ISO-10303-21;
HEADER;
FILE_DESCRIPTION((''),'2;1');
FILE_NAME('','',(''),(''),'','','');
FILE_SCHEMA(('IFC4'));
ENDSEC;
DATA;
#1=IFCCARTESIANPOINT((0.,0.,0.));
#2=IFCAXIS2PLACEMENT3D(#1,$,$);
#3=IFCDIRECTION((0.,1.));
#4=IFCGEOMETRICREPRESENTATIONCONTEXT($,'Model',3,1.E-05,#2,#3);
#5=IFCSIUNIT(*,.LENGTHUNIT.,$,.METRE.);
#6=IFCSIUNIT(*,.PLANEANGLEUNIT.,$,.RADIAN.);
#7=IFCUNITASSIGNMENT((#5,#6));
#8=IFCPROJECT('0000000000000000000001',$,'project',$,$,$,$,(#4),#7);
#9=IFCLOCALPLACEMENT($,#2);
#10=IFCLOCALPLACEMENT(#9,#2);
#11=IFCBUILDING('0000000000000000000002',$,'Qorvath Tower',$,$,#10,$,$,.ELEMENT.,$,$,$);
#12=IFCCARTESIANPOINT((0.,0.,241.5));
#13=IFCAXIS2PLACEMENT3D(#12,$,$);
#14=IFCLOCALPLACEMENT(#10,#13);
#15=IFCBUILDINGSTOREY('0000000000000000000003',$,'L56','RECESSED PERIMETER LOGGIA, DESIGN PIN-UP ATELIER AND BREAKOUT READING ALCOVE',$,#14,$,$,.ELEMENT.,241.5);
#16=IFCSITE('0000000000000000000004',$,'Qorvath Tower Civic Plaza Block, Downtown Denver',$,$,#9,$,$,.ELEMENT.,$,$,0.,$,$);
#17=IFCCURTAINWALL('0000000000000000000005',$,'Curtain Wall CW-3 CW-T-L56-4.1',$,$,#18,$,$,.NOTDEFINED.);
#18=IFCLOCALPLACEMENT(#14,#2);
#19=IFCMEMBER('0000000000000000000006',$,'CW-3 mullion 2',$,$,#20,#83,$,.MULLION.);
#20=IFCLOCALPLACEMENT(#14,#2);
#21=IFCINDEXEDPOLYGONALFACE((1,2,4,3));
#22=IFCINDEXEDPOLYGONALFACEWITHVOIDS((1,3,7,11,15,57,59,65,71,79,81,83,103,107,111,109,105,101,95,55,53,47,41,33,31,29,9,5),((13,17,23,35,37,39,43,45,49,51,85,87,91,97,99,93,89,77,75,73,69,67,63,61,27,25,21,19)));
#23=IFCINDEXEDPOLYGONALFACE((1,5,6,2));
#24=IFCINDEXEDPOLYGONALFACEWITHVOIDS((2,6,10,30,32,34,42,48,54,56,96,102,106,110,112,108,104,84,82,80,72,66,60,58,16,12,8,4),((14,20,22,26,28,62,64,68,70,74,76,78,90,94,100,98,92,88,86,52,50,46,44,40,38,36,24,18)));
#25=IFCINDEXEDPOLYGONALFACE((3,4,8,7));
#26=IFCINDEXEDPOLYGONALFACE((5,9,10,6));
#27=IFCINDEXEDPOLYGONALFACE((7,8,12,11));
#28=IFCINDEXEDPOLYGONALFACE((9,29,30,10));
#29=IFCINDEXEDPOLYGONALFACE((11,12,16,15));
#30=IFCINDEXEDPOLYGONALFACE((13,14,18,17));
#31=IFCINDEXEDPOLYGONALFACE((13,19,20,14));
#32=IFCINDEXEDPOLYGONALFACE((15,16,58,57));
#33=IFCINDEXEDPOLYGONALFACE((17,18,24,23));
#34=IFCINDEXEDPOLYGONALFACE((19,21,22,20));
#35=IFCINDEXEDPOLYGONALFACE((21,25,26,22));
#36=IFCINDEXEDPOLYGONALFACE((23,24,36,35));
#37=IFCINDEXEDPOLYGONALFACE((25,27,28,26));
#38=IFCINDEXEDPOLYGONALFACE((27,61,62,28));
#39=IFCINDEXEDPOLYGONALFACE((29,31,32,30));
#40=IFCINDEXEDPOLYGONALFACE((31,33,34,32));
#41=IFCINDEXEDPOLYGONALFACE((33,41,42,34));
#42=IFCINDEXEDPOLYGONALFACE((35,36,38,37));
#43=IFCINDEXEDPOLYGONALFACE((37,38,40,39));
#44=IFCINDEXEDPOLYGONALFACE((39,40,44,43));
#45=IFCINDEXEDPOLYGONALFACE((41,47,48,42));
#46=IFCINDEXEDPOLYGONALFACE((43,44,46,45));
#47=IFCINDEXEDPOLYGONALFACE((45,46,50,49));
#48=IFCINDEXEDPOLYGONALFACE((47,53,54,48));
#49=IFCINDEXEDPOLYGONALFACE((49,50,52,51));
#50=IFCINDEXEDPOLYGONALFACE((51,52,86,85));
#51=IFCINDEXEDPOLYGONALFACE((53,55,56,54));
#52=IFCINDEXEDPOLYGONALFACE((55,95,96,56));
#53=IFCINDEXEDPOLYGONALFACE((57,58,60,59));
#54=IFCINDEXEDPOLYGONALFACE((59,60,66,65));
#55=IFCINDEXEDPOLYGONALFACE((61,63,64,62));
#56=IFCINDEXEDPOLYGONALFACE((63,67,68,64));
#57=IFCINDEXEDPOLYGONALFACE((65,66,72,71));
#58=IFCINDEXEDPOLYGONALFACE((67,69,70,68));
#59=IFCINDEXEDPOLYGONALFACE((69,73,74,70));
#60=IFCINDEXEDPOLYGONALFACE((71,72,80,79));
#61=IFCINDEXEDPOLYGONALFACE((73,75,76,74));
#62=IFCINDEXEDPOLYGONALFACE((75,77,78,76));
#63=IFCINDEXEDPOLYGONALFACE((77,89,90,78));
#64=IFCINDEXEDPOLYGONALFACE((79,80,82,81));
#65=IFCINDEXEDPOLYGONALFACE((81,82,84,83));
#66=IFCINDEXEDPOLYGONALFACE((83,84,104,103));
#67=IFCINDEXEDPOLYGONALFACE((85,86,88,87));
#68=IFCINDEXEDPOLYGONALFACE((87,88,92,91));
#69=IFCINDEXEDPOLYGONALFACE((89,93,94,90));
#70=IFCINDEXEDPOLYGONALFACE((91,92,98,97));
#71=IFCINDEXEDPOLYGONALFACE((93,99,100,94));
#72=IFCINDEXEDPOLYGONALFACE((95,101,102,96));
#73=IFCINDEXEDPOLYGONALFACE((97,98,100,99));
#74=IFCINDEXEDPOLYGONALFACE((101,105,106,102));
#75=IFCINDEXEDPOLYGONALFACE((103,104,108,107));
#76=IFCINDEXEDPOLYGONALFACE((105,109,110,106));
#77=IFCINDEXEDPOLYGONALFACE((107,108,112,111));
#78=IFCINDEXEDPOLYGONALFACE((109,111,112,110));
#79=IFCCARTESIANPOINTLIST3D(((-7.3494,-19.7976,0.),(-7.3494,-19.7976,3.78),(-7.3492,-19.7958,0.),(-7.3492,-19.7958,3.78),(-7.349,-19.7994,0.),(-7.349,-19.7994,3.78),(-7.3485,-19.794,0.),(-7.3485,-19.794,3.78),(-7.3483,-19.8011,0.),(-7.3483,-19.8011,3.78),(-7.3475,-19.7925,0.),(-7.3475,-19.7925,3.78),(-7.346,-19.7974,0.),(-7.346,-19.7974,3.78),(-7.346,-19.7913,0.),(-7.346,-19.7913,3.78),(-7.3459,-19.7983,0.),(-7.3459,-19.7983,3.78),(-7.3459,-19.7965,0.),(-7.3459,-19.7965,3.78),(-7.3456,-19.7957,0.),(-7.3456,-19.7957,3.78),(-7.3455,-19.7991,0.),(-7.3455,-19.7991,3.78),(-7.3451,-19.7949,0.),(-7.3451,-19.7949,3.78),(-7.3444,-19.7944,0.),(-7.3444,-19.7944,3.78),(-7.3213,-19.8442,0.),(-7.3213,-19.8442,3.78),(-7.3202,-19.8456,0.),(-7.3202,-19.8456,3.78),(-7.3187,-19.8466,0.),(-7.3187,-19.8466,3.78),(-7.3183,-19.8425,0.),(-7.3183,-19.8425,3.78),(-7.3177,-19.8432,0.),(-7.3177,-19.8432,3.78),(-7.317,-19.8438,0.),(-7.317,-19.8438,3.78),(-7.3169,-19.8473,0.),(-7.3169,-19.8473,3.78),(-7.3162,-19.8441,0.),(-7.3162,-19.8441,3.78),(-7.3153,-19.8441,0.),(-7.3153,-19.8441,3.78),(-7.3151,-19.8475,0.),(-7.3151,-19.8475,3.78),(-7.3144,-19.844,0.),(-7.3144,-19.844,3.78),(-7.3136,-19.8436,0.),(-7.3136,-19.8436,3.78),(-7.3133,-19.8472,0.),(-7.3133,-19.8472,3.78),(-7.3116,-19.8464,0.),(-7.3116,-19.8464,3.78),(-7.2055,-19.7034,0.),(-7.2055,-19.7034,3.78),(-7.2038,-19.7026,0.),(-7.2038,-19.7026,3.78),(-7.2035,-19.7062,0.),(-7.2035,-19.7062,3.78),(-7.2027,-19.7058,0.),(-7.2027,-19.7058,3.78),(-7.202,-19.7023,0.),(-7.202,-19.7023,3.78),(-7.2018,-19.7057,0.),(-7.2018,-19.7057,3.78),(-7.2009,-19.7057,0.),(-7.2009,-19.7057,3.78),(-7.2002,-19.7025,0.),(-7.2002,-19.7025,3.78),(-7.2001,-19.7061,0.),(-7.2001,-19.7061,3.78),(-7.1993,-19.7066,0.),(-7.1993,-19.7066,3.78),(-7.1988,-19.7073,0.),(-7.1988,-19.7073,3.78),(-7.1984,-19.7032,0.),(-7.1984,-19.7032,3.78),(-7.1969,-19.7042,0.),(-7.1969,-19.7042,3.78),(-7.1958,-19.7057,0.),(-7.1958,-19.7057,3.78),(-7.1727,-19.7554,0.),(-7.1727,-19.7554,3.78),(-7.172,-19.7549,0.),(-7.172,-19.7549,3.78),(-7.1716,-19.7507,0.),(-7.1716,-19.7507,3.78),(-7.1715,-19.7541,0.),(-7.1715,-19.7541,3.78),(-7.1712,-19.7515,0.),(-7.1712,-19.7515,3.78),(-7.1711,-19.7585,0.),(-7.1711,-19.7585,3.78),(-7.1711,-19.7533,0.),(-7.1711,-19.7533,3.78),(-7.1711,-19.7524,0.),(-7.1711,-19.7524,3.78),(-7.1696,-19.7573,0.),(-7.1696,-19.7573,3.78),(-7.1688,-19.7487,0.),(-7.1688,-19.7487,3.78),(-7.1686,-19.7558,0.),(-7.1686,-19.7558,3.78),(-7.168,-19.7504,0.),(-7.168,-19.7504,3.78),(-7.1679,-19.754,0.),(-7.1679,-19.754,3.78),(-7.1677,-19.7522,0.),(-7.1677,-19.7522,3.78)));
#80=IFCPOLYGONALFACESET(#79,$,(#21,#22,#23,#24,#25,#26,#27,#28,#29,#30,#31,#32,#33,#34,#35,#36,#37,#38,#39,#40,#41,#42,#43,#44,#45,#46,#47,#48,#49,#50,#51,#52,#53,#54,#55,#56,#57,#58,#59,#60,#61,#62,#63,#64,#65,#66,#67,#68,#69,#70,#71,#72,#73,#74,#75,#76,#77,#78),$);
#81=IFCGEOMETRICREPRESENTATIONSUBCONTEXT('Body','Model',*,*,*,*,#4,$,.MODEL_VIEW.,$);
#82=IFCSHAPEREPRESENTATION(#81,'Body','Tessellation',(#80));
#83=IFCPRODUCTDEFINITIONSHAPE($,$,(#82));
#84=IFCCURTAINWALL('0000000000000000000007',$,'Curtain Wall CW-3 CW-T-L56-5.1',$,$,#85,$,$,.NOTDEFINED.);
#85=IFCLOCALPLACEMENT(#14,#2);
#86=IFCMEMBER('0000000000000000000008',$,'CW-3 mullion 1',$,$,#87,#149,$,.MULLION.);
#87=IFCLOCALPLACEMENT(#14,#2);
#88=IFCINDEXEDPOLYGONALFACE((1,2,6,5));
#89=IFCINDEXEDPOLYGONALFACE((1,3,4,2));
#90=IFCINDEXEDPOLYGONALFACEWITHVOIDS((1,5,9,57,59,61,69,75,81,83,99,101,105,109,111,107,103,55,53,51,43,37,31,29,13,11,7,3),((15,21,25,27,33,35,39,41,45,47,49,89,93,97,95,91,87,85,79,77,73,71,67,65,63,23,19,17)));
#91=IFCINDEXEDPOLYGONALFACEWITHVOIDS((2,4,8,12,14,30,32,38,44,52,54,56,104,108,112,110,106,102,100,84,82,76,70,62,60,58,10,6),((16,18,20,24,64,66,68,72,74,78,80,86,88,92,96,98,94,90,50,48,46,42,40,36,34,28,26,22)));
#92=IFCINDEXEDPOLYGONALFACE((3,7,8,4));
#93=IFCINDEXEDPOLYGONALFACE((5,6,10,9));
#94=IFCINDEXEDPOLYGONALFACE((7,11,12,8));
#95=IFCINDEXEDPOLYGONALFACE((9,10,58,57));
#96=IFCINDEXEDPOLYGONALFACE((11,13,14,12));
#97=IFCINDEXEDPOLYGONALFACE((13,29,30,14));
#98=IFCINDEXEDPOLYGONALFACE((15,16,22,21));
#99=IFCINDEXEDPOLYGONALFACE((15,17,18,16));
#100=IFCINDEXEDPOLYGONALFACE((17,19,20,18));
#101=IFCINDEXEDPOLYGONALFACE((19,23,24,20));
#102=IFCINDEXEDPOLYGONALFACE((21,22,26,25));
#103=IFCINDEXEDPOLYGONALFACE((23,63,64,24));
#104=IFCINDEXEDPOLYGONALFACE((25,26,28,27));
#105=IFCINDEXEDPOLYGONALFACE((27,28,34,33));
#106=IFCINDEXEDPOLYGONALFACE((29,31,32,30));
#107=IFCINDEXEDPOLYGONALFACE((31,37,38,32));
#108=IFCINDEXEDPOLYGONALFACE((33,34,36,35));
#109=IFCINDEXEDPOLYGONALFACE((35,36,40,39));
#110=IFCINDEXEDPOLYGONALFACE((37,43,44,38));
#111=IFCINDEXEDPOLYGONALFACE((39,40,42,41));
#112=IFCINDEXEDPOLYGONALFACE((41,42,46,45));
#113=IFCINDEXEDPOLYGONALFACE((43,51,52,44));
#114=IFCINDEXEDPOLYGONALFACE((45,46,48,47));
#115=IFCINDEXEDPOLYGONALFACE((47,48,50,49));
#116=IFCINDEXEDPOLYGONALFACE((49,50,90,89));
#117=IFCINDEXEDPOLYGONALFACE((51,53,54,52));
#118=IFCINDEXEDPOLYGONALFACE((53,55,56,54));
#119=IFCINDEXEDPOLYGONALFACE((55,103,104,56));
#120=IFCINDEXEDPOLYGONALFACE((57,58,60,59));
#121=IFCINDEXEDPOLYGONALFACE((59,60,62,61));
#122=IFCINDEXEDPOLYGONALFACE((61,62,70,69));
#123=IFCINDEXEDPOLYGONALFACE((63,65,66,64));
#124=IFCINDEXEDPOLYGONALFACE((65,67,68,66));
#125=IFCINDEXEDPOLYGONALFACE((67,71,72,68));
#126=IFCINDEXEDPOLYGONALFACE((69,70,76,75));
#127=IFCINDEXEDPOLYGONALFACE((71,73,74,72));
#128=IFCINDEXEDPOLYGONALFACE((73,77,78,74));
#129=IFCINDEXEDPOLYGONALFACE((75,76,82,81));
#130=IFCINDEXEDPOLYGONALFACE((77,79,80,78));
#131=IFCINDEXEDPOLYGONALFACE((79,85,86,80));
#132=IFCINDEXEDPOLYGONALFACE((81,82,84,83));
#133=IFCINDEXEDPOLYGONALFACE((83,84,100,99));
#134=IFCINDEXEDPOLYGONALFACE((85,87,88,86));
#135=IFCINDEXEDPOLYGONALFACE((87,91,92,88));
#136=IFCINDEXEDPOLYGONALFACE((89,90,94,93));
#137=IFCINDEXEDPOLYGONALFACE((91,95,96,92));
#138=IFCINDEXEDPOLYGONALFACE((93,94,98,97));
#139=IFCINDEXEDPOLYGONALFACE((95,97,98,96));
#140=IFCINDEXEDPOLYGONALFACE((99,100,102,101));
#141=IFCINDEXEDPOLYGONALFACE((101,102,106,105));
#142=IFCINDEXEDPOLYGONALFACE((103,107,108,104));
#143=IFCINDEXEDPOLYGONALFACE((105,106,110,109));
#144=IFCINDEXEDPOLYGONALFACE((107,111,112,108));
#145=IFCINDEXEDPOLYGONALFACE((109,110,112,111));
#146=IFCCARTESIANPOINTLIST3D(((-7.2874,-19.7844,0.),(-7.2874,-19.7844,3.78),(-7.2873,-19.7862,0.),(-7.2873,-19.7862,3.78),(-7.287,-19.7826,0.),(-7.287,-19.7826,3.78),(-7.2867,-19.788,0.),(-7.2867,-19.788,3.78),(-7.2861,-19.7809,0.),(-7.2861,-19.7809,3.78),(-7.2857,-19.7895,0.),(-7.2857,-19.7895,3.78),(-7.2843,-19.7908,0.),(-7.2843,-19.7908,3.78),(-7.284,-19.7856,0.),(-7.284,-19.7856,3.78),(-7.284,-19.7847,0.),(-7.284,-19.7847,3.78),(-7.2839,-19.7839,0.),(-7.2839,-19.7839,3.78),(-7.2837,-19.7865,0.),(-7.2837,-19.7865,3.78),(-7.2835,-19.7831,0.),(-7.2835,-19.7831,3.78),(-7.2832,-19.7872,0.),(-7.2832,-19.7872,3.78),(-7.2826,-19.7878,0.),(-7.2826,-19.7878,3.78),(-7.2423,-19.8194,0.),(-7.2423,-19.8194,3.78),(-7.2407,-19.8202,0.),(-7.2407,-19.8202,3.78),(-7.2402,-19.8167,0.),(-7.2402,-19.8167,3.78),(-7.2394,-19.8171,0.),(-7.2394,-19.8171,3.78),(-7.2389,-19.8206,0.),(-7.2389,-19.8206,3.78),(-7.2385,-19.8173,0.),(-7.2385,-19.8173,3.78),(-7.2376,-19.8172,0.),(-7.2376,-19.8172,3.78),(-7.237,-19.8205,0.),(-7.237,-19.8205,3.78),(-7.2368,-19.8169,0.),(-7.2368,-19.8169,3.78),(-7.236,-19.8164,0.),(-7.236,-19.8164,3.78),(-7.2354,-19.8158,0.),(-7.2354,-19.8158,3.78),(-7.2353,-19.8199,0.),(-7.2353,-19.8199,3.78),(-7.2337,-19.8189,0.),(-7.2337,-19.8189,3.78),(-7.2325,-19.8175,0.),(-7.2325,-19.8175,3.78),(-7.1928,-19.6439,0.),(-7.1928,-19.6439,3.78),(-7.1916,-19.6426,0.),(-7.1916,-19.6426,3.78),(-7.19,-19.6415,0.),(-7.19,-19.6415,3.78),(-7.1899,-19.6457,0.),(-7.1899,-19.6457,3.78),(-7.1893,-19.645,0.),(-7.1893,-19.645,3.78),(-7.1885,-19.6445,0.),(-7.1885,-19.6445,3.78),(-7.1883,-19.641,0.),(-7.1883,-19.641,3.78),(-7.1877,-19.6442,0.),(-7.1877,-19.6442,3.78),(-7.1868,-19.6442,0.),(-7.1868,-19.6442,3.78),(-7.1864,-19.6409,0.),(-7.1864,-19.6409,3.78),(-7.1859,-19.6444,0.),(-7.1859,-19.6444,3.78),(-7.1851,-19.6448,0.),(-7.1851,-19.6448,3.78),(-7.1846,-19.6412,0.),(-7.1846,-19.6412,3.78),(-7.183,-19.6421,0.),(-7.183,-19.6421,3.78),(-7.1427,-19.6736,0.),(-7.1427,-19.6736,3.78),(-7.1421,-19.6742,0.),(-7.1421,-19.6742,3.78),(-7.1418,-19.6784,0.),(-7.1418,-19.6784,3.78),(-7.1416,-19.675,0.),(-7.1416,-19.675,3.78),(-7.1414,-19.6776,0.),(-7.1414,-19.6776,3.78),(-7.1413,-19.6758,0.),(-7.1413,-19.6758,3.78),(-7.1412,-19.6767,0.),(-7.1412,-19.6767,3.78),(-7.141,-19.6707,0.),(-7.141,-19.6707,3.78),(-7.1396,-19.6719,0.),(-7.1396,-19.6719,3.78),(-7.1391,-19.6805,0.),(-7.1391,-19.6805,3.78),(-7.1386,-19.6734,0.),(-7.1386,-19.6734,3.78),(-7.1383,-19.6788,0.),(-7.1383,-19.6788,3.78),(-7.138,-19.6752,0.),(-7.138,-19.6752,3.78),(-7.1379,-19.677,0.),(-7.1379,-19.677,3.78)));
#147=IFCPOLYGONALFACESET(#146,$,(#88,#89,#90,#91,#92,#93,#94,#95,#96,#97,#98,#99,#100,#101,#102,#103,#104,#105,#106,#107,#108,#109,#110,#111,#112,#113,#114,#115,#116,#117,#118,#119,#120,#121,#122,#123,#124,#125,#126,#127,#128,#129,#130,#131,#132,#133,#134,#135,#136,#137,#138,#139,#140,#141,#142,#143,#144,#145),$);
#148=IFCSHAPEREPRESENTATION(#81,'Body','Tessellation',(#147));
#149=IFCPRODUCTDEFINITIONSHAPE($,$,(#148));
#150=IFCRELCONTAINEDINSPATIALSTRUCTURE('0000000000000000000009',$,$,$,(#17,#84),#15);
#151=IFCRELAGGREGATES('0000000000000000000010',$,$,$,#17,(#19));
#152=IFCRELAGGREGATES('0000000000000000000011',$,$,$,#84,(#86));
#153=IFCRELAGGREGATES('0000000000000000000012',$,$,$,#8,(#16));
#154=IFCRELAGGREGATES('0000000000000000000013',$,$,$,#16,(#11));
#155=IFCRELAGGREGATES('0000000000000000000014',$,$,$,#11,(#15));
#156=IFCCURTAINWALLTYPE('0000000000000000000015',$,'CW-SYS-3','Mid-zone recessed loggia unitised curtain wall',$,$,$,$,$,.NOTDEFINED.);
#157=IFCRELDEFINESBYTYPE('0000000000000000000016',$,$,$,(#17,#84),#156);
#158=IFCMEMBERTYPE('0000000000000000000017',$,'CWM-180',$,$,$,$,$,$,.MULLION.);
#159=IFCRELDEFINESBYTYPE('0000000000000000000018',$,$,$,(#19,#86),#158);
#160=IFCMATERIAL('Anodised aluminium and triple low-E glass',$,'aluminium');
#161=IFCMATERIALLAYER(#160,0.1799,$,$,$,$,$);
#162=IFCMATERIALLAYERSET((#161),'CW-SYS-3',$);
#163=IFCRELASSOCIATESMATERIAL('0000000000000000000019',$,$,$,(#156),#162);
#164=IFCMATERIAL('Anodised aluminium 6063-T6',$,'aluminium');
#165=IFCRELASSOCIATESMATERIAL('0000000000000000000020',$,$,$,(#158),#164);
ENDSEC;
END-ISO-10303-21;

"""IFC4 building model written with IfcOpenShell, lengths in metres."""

from ifc_helpers import new_model, si_unit, direction, frame, origin, origin_2d, place, context, subcontext, project, spatial, hollow_rectangle, extrude, material, layer, layer_set, material_profile, profile_set, type_object, element, aggregate, save


model = new_model("IFC4")

# Units and contexts
model_context = context("Model", 3, precision=1e-05, world=origin(), true_north=direction((0.0, 1.0)))
body_context = subcontext(model_context, "Body", "Model", "MODEL_VIEW")
ifc_project = project(units=[si_unit("LENGTHUNIT", "METRE"), si_unit("PLANEANGLEUNIT", "RADIAN")], contexts=[model_context])

# Site, building, storey
site_placement = place(None, origin())
site = spatial("IfcSite", under=ifc_project, at=site_placement, Name="Qorvath Tower Civic Plaza Block, Downtown Denver", CompositionType="ELEMENT", RefElevation=0.0)
building_placement = place(site_placement, origin())
building = spatial("IfcBuilding", under=site, at=building_placement, Name="Qorvath Tower", CompositionType="ELEMENT")
storey_placement = place(building_placement, frame((0.0, 0.0, 241.5)))
storey = spatial("IfcBuildingStorey", under=building, at=storey_placement, Name="L56", Description="RECESSED PERIMETER LOGGIA, DESIGN PIN-UP ATELIER AND BREAKOUT READING ALCOVE", CompositionType="ELEMENT", Elevation=241.5)

# Shared definitions
ifc_material_1 = material(Name="Anodised aluminium and triple low-E glass", Category="aluminium")
ifc_layer_1 = layer(ifc_material_1, 0.1799)
ifc_layer_set_1 = layer_set([ifc_layer_1], Name="CW-SYS-3")
curtain_wall_type = type_object("IfcCurtainWallType", Name="CW-SYS-3", Description="Mid-zone recessed loggia unitised curtain wall", PredefinedType="NOTDEFINED", material=ifc_layer_set_1)
ifc_material_2 = material(Name="Anodised aluminium 6063-T6", Category="aluminium")
ifc_material_profile_1 = material_profile(ifc_material_2, hollow_rectangle(XDim=0.0649, YDim=0.1799, WallThickness=0.0034, InnerFilletRadius=0.0034, OuterFilletRadius=0.0071, at=origin_2d()), Name="CWM 180x65")
ifc_profile_set_1 = profile_set([ifc_material_profile_1], Name="Anodised aluminium 6063-T6")
member_type_1 = type_object("IfcMemberType", Name="CWM-180", PredefinedType="MULLION", material=ifc_profile_set_1)

# Curtain walls, members
curtain_wall_1_placement = place(storey_placement, origin())
curtain_wall_1 = element("IfcCurtainWall", 1, at=curtain_wall_1_placement, inside=storey, type_object=curtain_wall_type, Name="Curtain Wall CW-3 CW-T-L56-4.1", PredefinedType="NOTDEFINED")
member_1_placement = place(storey_placement, frame((-7.2585, -19.7749, 0.0), z_axis=(0.0, 0.0, 1.0), x_axis=(-0.530487, 0.847693, 0.0)))
member_1 = element("IfcMember", 2, at=member_1_placement, type_object=member_type_1, Name="CW-3 mullion 2", PredefinedType="MULLION", context=body_context, shape_type="SweptSolid", body=[
    extrude(hollow_rectangle(XDim=0.0649, YDim=0.1799, WallThickness=0.0034, InnerFilletRadius=0.0034, OuterFilletRadius=0.0071, at=origin_2d()), origin(), (0.0, 0.0, 1.0), 3.78),
])
curtain_wall_2_placement = place(storey_placement, origin())
curtain_wall_2 = element("IfcCurtainWall", 3, at=curtain_wall_2_placement, inside=storey, type_object=curtain_wall_type, Name="Curtain Wall CW-3 CW-T-L56-5.1", PredefinedType="NOTDEFINED")
member_2_placement = place(storey_placement, frame((-7.2126, -19.7307, 0.0), z_axis=(0.0, 0.0, 1.0), x_axis=(-0.826431, 0.563037, 0.0)))
member_2 = element("IfcMember", 4, at=member_2_placement, type_object=member_type_1, Name="CW-3 mullion 1", PredefinedType="MULLION", context=body_context, shape_type="SweptSolid", body=[
    extrude(hollow_rectangle(XDim=0.0649, YDim=0.1799, WallThickness=0.0034, InnerFilletRadius=0.0034, OuterFilletRadius=0.0071, at=origin_2d()), origin(), (0.0, 0.0, 1.0), 3.78),
])

aggregate(curtain_wall_1, [member_1])
aggregate(curtain_wall_2, [member_2])

save(model, "model.ifc")
